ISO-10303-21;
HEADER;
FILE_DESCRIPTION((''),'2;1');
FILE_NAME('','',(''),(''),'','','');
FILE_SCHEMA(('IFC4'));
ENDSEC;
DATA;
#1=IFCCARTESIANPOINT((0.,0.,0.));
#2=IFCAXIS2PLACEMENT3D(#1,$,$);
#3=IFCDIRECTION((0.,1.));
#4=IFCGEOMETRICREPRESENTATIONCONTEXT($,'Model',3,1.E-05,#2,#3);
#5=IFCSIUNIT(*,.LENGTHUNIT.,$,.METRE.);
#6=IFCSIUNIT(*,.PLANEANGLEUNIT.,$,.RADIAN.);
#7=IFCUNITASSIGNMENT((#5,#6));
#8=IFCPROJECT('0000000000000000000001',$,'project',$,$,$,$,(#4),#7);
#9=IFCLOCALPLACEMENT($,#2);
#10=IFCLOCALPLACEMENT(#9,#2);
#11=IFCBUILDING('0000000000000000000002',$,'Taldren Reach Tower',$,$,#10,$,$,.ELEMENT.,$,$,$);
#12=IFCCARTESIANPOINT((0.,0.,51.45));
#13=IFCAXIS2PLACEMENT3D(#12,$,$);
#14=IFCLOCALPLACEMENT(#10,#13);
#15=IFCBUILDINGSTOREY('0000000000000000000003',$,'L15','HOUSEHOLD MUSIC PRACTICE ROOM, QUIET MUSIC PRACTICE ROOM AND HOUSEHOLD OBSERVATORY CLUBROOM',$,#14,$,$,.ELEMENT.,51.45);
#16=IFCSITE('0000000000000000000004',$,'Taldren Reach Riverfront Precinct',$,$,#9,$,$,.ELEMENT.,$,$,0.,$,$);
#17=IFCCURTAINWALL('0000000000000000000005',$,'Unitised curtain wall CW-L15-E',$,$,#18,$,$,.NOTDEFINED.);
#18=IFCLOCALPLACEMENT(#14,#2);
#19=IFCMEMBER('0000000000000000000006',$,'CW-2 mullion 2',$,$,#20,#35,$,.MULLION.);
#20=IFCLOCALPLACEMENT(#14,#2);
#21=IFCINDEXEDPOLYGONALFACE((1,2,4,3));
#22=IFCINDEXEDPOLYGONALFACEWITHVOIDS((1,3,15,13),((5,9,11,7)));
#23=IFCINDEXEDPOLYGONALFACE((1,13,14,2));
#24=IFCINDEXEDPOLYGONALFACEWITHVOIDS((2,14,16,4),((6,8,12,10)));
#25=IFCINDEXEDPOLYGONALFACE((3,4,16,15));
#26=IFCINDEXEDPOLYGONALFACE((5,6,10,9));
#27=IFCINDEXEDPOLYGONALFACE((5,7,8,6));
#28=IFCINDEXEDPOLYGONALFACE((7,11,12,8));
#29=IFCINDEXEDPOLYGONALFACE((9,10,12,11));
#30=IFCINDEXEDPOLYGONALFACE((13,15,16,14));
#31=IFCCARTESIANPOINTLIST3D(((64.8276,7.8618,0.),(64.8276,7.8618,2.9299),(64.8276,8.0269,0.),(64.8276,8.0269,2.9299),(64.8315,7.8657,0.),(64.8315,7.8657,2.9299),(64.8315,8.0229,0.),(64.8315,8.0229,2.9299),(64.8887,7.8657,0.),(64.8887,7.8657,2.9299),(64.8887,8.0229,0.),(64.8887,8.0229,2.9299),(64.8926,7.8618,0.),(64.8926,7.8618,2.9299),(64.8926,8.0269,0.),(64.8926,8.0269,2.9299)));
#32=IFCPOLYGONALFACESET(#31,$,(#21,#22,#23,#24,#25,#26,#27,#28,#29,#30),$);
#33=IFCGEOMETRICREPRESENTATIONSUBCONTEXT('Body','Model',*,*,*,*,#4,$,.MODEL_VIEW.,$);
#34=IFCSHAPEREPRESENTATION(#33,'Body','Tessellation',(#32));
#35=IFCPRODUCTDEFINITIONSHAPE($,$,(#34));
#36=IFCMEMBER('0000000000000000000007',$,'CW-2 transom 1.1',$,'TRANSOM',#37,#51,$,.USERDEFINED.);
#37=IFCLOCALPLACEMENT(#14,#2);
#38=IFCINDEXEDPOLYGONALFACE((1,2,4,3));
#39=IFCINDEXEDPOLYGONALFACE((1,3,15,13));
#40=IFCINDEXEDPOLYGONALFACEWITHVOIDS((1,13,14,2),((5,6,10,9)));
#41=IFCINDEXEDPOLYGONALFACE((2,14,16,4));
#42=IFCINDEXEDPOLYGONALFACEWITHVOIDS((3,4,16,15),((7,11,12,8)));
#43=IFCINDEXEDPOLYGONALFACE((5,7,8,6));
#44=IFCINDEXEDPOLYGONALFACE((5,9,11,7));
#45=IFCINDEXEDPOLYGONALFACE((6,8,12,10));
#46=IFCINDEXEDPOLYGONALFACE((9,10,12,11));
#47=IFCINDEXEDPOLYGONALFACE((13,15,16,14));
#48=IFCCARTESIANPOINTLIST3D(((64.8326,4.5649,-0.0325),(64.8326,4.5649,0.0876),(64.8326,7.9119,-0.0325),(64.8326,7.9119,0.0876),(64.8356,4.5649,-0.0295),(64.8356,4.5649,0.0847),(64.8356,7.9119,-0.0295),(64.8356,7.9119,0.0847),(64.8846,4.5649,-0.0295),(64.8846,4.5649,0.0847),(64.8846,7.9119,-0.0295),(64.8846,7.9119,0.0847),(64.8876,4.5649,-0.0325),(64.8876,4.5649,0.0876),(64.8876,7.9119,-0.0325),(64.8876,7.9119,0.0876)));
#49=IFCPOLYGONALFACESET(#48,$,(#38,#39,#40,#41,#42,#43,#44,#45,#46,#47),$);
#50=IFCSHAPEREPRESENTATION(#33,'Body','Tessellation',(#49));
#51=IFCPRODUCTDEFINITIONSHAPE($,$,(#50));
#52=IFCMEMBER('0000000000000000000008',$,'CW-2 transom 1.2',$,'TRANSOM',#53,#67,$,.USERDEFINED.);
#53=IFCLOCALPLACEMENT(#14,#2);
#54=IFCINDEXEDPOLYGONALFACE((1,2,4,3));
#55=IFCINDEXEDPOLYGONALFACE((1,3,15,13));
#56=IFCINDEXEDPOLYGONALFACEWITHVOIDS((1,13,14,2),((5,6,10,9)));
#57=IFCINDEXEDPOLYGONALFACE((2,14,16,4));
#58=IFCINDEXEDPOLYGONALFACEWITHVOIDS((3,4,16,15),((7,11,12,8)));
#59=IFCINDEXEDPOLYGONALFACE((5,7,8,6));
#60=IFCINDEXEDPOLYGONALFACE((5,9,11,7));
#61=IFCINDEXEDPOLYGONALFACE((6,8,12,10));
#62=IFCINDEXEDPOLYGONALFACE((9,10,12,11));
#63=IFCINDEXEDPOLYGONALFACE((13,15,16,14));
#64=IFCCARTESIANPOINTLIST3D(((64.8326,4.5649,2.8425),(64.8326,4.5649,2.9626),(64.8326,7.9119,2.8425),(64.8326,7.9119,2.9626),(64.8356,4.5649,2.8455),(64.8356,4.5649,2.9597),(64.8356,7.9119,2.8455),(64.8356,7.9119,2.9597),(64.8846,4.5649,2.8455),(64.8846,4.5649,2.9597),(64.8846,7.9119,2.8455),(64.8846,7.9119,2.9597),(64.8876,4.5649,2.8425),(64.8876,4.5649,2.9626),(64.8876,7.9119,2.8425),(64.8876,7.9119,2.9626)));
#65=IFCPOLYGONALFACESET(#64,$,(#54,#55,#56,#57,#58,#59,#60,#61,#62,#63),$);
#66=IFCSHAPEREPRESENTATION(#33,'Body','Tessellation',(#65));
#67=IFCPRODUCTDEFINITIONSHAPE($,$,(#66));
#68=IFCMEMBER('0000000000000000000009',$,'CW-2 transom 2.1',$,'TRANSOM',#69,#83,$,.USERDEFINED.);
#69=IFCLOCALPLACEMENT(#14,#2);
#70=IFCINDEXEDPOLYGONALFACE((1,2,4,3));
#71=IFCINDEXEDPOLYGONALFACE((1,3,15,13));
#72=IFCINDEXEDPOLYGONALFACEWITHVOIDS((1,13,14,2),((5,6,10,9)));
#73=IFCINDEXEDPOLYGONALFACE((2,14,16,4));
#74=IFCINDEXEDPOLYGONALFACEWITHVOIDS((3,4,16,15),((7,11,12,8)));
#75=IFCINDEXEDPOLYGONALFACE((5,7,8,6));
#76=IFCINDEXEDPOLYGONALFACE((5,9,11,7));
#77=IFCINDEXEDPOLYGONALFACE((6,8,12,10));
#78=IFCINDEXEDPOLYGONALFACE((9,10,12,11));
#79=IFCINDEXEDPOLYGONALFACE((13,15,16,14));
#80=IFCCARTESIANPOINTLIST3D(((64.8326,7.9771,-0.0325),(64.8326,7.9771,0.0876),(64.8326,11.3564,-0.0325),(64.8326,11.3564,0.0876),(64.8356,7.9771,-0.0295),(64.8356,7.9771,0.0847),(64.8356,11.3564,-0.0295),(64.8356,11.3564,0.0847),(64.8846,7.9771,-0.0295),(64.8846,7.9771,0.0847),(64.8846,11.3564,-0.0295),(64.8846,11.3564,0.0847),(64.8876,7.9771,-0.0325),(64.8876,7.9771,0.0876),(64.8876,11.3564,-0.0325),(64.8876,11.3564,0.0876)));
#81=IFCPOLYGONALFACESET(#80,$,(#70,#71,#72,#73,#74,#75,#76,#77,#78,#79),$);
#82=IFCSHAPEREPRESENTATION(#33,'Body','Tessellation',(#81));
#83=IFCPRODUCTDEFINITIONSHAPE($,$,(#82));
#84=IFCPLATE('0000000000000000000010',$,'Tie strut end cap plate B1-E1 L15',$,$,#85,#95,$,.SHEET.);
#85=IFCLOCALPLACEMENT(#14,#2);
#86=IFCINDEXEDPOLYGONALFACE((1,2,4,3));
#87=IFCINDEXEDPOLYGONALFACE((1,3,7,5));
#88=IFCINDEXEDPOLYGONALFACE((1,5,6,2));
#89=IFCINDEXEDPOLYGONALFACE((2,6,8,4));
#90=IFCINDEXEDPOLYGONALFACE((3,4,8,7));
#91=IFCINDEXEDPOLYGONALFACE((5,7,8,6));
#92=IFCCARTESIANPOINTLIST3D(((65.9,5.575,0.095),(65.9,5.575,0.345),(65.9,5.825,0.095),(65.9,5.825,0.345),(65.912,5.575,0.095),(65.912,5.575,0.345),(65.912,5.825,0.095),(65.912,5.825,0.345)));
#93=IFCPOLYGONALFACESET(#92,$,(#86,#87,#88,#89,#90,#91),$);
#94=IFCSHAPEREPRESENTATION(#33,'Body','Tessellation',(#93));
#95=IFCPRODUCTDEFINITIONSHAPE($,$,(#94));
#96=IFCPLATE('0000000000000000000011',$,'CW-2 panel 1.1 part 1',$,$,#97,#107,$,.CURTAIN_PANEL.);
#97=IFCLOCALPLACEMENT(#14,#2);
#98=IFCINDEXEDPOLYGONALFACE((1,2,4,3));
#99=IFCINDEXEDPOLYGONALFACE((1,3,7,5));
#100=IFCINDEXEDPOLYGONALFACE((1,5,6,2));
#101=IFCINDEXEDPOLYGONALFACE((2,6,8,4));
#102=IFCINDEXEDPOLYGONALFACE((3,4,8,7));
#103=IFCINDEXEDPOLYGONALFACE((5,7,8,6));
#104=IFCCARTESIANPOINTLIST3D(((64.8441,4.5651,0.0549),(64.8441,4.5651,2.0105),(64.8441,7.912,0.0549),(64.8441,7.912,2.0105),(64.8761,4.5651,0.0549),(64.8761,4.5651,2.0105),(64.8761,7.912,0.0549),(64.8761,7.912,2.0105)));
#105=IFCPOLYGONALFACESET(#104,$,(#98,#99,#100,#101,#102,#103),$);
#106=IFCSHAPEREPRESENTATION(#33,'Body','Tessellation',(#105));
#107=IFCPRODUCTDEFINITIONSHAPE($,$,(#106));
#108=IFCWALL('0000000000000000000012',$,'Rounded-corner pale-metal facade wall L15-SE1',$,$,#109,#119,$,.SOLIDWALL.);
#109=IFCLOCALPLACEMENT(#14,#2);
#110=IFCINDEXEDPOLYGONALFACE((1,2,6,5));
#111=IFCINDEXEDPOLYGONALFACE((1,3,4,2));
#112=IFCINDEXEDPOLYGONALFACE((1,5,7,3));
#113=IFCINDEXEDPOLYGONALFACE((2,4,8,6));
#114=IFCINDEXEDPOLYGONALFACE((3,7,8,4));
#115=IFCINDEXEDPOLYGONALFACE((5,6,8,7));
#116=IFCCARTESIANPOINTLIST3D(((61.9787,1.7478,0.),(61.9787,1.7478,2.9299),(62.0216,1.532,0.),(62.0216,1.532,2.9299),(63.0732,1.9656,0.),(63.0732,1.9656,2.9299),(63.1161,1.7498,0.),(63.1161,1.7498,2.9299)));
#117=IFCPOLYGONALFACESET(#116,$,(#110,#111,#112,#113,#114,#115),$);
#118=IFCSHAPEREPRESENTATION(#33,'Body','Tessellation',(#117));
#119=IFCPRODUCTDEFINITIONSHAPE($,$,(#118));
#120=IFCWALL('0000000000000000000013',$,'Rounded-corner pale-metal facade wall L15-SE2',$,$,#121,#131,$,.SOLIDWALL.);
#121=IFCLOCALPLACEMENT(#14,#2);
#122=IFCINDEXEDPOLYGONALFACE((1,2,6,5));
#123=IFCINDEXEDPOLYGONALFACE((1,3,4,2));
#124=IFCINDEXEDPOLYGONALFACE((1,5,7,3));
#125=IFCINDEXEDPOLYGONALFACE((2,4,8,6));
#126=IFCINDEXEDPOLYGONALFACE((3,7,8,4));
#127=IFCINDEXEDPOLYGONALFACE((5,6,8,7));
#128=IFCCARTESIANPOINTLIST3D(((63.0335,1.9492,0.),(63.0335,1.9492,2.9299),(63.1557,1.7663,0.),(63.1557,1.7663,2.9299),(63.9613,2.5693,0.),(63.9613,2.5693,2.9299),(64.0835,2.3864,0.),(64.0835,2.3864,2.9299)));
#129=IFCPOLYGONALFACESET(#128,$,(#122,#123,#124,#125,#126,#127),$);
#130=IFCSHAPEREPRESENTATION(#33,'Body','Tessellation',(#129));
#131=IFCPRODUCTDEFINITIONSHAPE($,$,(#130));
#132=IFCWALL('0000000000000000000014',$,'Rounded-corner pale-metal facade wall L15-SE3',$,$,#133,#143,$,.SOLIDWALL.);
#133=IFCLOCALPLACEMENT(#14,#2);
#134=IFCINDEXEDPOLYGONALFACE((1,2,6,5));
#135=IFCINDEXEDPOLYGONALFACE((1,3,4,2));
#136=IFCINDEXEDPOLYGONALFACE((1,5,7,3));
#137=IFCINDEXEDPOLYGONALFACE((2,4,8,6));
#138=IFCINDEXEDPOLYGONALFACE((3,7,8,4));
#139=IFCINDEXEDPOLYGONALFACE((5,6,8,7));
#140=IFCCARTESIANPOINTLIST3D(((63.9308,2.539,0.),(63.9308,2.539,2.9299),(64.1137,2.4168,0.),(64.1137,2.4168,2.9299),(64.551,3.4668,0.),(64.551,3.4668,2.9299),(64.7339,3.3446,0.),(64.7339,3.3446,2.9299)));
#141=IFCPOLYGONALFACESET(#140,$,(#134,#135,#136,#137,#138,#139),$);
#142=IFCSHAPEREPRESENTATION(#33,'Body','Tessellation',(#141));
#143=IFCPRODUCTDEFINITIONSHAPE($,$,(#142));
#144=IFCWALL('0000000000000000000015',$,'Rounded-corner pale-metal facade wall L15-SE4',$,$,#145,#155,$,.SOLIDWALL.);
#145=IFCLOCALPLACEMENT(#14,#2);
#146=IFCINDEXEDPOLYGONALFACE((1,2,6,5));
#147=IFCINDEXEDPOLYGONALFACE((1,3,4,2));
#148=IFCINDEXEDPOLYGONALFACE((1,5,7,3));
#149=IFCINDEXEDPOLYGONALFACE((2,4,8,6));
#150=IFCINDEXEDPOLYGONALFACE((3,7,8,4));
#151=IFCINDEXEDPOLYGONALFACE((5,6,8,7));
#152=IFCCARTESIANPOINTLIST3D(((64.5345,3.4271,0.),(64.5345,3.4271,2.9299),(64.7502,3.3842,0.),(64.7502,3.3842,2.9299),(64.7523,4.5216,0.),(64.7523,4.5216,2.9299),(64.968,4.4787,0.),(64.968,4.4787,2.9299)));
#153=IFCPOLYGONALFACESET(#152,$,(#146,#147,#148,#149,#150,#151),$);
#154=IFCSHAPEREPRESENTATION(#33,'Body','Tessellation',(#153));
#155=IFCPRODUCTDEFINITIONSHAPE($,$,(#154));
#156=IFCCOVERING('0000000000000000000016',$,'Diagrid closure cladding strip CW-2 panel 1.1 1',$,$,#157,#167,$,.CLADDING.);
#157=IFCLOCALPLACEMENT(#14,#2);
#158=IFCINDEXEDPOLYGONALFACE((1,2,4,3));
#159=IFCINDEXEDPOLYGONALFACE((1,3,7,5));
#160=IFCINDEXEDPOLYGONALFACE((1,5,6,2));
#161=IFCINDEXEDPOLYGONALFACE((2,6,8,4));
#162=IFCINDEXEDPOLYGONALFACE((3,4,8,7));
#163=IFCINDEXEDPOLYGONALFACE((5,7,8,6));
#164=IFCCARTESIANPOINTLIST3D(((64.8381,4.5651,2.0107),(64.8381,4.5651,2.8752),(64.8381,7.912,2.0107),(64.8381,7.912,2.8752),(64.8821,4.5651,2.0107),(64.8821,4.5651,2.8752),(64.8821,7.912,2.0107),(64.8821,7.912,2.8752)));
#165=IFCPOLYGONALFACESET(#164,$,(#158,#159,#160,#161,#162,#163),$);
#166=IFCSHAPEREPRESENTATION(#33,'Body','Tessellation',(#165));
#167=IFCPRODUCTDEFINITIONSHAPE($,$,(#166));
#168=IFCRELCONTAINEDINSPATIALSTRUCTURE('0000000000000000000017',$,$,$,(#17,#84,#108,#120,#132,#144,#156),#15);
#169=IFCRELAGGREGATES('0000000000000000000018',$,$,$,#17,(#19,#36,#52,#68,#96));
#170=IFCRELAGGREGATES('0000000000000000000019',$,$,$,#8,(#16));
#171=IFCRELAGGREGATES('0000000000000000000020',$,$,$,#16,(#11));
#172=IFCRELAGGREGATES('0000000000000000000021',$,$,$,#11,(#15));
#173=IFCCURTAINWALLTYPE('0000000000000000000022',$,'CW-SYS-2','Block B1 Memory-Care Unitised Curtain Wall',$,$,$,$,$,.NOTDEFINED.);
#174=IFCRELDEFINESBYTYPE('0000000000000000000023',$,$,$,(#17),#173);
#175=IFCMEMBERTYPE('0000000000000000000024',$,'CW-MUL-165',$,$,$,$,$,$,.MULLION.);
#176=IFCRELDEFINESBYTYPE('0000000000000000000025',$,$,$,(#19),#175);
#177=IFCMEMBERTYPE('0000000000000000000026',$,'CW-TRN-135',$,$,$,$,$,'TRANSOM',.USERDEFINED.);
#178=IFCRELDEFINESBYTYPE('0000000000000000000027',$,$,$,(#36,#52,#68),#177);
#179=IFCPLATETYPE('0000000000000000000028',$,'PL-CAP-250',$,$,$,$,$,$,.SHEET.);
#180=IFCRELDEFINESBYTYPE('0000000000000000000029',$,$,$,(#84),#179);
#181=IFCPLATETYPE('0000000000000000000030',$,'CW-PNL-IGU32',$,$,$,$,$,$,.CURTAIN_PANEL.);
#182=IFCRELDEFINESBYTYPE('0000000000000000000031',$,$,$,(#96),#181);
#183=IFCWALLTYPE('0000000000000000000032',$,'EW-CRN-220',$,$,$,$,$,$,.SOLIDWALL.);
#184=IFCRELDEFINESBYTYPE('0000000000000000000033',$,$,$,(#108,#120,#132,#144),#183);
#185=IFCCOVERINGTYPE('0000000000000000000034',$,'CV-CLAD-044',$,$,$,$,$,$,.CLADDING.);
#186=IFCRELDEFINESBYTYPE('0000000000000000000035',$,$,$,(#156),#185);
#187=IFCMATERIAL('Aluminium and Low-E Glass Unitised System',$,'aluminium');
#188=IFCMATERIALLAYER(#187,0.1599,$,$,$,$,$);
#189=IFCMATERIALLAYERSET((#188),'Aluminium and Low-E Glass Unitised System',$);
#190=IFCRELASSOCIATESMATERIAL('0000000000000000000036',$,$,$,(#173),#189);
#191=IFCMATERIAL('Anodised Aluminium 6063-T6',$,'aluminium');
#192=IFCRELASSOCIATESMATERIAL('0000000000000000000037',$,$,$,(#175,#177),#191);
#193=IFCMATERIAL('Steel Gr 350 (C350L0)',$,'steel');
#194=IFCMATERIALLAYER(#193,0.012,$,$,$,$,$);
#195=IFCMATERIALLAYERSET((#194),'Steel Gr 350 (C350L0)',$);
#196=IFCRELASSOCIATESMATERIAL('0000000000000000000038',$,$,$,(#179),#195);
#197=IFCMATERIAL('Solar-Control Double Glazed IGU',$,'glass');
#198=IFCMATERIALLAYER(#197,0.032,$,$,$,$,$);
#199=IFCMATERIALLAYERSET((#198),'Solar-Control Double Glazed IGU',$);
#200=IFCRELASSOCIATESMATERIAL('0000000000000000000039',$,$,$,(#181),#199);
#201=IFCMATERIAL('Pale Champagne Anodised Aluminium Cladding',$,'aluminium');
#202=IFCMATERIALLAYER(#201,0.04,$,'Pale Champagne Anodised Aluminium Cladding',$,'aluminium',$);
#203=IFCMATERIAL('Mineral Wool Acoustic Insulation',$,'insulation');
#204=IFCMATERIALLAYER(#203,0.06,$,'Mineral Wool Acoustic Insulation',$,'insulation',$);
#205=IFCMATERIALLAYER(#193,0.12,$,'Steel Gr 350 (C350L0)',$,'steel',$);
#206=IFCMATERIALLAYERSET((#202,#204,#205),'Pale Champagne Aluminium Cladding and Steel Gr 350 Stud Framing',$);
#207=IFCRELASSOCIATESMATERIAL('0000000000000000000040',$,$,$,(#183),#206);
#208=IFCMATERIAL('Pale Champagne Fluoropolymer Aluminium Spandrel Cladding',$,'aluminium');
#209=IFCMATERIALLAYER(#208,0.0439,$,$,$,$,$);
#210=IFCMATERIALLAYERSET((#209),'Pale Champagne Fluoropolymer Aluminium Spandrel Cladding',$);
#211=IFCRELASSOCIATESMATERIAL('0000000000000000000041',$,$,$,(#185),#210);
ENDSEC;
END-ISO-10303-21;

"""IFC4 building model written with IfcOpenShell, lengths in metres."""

from ifc_helpers import new_model, si_unit, direction, frame, frame_2d, origin, origin_2d, place, context, subcontext, project, spatial, rectangle, hollow_rectangle, extrude, source, transform, mapped, material, layer, layer_set, material_profile, profile_set, type_object, element, aggregate, save


model = new_model("IFC4")

# Units and contexts
model_context = context("Model", 3, precision=1e-05, world=origin(), true_north=direction((0.0, 1.0)))
body_context = subcontext(model_context, "Body", "Model", "MODEL_VIEW")
ifc_project = project(units=[si_unit("LENGTHUNIT", "METRE"), si_unit("PLANEANGLEUNIT", "RADIAN")], contexts=[model_context])

# Site, building, storey
site_placement = place(None, origin())
site = spatial("IfcSite", under=ifc_project, at=site_placement, Name="Taldren Reach Riverfront Precinct", CompositionType="ELEMENT", RefElevation=0.0)
building_placement = place(site_placement, origin())
building = spatial("IfcBuilding", under=site, at=building_placement, Name="Taldren Reach Tower", CompositionType="ELEMENT")
storey_placement = place(building_placement, frame((0.0, 0.0, 51.45)))
storey = spatial("IfcBuildingStorey", under=building, at=storey_placement, Name="L15", Description="HOUSEHOLD MUSIC PRACTICE ROOM, QUIET MUSIC PRACTICE ROOM AND HOUSEHOLD OBSERVATORY CLUBROOM", CompositionType="ELEMENT", Elevation=51.45)

# Shared definitions
ifc_material_1 = material(Name="Steel Gr 350 (C350L0)", Category="steel")

# Shared definitions
ifc_material_2 = material(Name="Aluminium and Low-E Glass Unitised System", Category="aluminium")
ifc_layer_1 = layer(ifc_material_2, 0.1599)
ifc_layer_set_1 = layer_set([ifc_layer_1], Name="Aluminium and Low-E Glass Unitised System")
curtain_wall_type = type_object("IfcCurtainWallType", Name="CW-SYS-2", Description="Block B1 Memory-Care Unitised Curtain Wall", PredefinedType="NOTDEFINED", material=ifc_layer_set_1)
ifc_material_3 = material(Name="Anodised Aluminium 6063-T6", Category="aluminium")
ifc_material_profile_1 = material_profile(ifc_material_3, hollow_rectangle(XDim=0.0649, YDim=0.165, WallThickness=0.0039, at=origin_2d()), Name="ALU-165x65x4RHS")
ifc_profile_set_1 = profile_set([ifc_material_profile_1], Name="Anodised Aluminium 6063-T6")
member_type_1 = type_object("IfcMemberType", Name="CW-MUL-165", PredefinedType="MULLION", material=ifc_profile_set_1)
shared_shape_1 = source(origin(), body_context, "Body", "SweptSolid", [
    extrude(hollow_rectangle(XDim=0.0649, YDim=0.165, WallThickness=0.0039, at=origin_2d()), origin(), (0.0, 0.0, 1.0), 2.9299),
])

# Curtain wall, members
curtain_wall_1_placement = place(storey_placement, origin())
curtain_wall_1 = element("IfcCurtainWall", 1, at=curtain_wall_1_placement, inside=storey, type_object=curtain_wall_type, Name="Unitised curtain wall CW-L15-E", PredefinedType="NOTDEFINED")
member_1_placement = place(storey_placement, frame((64.8601, 7.9443, 0.0), z_axis=(0.0, 0.0, 1.0), x_axis=(-1.0, 0.0, 0.0)))
member_1 = element("IfcMember", 2, at=member_1_placement, type_object=member_type_1, Name="CW-2 mullion 2", PredefinedType="MULLION", context=body_context, shape_type="MappedRepresentation", body=[
    mapped(shared_shape_1, transform((0.0, 0.0, 0.0), scale=1.0)),
])
ifc_material_profile_2 = material_profile(ifc_material_3, hollow_rectangle(XDim=0.0549, YDim=0.1201, WallThickness=0.0029, at=origin_2d()), Name="ALU-120x55x3RHS")
ifc_profile_set_2 = profile_set([ifc_material_profile_2], Name="Anodised Aluminium 6063-T6")
member_type_2 = type_object("IfcMemberType", Name="CW-TRN-135", ElementType="TRANSOM", PredefinedType="USERDEFINED", material=ifc_profile_set_2)
shared_shape_2 = source(origin(), body_context, "Body", "SweptSolid", [
    extrude(hollow_rectangle(XDim=0.0549, YDim=0.1201, WallThickness=0.0029, at=origin_2d()), origin(), (0.0, 0.0, 1.0), 3.3469),
])
member_2_placement = place(storey_placement, frame((64.8601, 4.5649, 0.0276), z_axis=(0.0, 1.0, 0.0), x_axis=(-1.0, 0.0, 0.0)))
member_2 = element("IfcMember", 3, at=member_2_placement, type_object=member_type_2, Name="CW-2 transom 1.1", ObjectType="TRANSOM", PredefinedType="USERDEFINED", context=body_context, shape_type="MappedRepresentation", body=[
    mapped(shared_shape_2, transform((0.0, 0.0, 0.0), scale=1.0)),
])
member_3_placement = place(storey_placement, frame((64.8601, 4.5649, 2.9026), z_axis=(0.0, 1.0, 0.0), x_axis=(-1.0, 0.0, 0.0)))
member_3 = element("IfcMember", 4, at=member_3_placement, type_object=member_type_2, Name="CW-2 transom 1.2", ObjectType="TRANSOM", PredefinedType="USERDEFINED", context=body_context, shape_type="MappedRepresentation", body=[
    mapped(shared_shape_2, transform((0.0, 0.0, 0.0), scale=1.0)),
])
shared_shape_3 = source(origin(), body_context, "Body", "SweptSolid", [
    extrude(hollow_rectangle(XDim=0.0549, YDim=0.1201, WallThickness=0.0029, at=origin_2d()), origin(), (0.0, 0.0, 1.0), 3.3794),
])
member_4_placement = place(storey_placement, frame((64.8601, 7.9771, 0.0276), z_axis=(0.0, 1.0, 0.0), x_axis=(-1.0, 0.0, 0.0)))
member_4 = element("IfcMember", 5, at=member_4_placement, type_object=member_type_2, Name="CW-2 transom 2.1", ObjectType="TRANSOM", PredefinedType="USERDEFINED", context=body_context, shape_type="MappedRepresentation", body=[
    mapped(shared_shape_3, transform((0.0, 0.0, 0.0), scale=1.0)),
])

# Plates
ifc_layer_2 = layer(ifc_material_1, 0.012)
ifc_layer_set_2 = layer_set([ifc_layer_2], Name="Steel Gr 350 (C350L0)")
plate_type_1 = type_object("IfcPlateType", Name="PL-CAP-250", PredefinedType="SHEET", material=ifc_layer_set_2)
shared_shape_4 = source(origin(), body_context, "Body", "SweptSolid", [
    extrude(rectangle(XDim=0.012, YDim=0.25, at=origin_2d()), origin(), (0.0, 0.0, 1.0), 0.25),
])
plate_1_placement = place(storey_placement, frame((65.906, 5.7, 0.095), z_axis=(0.0, 0.0, 1.0), x_axis=(1.0, 0.0, 0.0)))
element("IfcPlate", 6, at=plate_1_placement, inside=storey, type_object=plate_type_1, Name="Tie strut end cap plate B1-E1 L15", PredefinedType="SHEET", context=body_context, shape_type="MappedRepresentation", body=[
    mapped(shared_shape_4, transform((0.0, 0.0, 0.0), scale=1.0)),
])
ifc_material_4 = material(Name="Solar-Control Double Glazed IGU", Category="glass")
ifc_layer_3 = layer(ifc_material_4, 0.032)
ifc_layer_set_3 = layer_set([ifc_layer_3], Name="Solar-Control Double Glazed IGU")
plate_type_2 = type_object("IfcPlateType", Name="CW-PNL-IGU32", PredefinedType="CURTAIN_PANEL", material=ifc_layer_set_3)
shared_shape_5 = source(origin(), body_context, "Body", "SweptSolid", [
    extrude(rectangle(XDim=3.3469, YDim=0.032, at=origin_2d()), origin(), (0.0, 0.0, 1.0), 1.9556),
])
plate_2_placement = place(storey_placement, frame((64.8601, 6.2385, 0.0549), z_axis=(0.0, 0.0, 1.0), x_axis=(0.0, 1.0, 0.0)))
plate_2 = element("IfcPlate", 7, at=plate_2_placement, type_object=plate_type_2, Name="CW-2 panel 1.1 part 1", PredefinedType="CURTAIN_PANEL", context=body_context, shape_type="MappedRepresentation", body=[
    mapped(shared_shape_5, transform((0.0, 0.0, 0.0), scale=1.0)),
])
aggregate(curtain_wall_1, [member_1, member_2, member_3, member_4, plate_2])

# Walls
ifc_material_5 = material(Name="Pale Champagne Anodised Aluminium Cladding", Category="aluminium")
ifc_layer_4 = layer(ifc_material_5, 0.04, Name="Pale Champagne Anodised Aluminium Cladding", Category="aluminium")
ifc_material_6 = material(Name="Mineral Wool Acoustic Insulation", Category="insulation")
ifc_layer_5 = layer(ifc_material_6, 0.06, Name="Mineral Wool Acoustic Insulation", Category="insulation")
ifc_layer_6 = layer(ifc_material_1, 0.12, Name="Steel Gr 350 (C350L0)", Category="steel")
ifc_layer_set_4 = layer_set([ifc_layer_4, ifc_layer_5, ifc_layer_6], Name="Pale Champagne Aluminium Cladding and Steel Gr 350 Stud Framing")
wall_type = type_object("IfcWallType", Name="EW-CRN-220", PredefinedType="SOLIDWALL", material=ifc_layer_set_4)
shared_shape_6 = source(origin(), body_context, "Body", "SweptSolid", [
    extrude(rectangle(XDim=1.116, YDim=0.22, at=frame_2d((0.5581, 0.0))), origin(), (0.0, 0.0, 1.0), 2.9299),
])
for number, where, z_axis, x_axis, name in (
    (8, (62.0, 1.6399, 0.0), (0.0, 0.0, 1.0), (0.980774, 0.195148, 0.0), "Rounded-corner pale-metal facade wall L15-SE1"),
    (9, (63.0945, 1.8577, 0.0), (0.0, 0.0, 1.0), (0.831377, 0.55571, 0.0), "Rounded-corner pale-metal facade wall L15-SE2"),
    (10, (64.0222, 2.4778, 0.0), (0.0, 0.0, 1.0), (0.55571, 0.831377, 0.0), "Rounded-corner pale-metal facade wall L15-SE3"),
    (11, (64.6423, 3.4055, 0.0), (0.0, 0.0, 1.0), (0.195148, 0.980774, 0.0), "Rounded-corner pale-metal facade wall L15-SE4"),
):
    element("IfcWall", number, at=place(storey_placement, frame(where, z_axis=z_axis, x_axis=x_axis)), inside=storey, type_object=wall_type, Name=name, PredefinedType="SOLIDWALL", context=body_context, shape_type="MappedRepresentation", body=[
        mapped(shared_shape_6, transform((0.0, 0.0, 0.0), scale=1.0)),
    ])

# Covering
ifc_material_7 = material(Name="Pale Champagne Fluoropolymer Aluminium Spandrel Cladding", Category="aluminium")
ifc_layer_7 = layer(ifc_material_7, 0.0439)
ifc_layer_set_5 = layer_set([ifc_layer_7], Name="Pale Champagne Fluoropolymer Aluminium Spandrel Cladding")
covering_type = type_object("IfcCoveringType", Name="CV-CLAD-044", PredefinedType="CLADDING", material=ifc_layer_set_5)
shared_shape_7 = source(origin(), body_context, "Body", "SweptSolid", [
    extrude(rectangle(XDim=3.3469, YDim=0.0439, at=origin_2d()), origin(), (0.0, 0.0, 1.0), 0.8645),
])
covering_placement = place(storey_placement, frame((64.8601, 6.2385, 2.0107), z_axis=(0.0, 0.0, 1.0), x_axis=(0.0, 1.0, 0.0)))
element("IfcCovering", 12, at=covering_placement, inside=storey, type_object=covering_type, Name="Diagrid closure cladding strip CW-2 panel 1.1 1", PredefinedType="CLADDING", context=body_context, shape_type="MappedRepresentation", body=[
    mapped(shared_shape_7, transform((0.0, 0.0, 0.0), scale=1.0)),
])

save(model, "model.ifc")
